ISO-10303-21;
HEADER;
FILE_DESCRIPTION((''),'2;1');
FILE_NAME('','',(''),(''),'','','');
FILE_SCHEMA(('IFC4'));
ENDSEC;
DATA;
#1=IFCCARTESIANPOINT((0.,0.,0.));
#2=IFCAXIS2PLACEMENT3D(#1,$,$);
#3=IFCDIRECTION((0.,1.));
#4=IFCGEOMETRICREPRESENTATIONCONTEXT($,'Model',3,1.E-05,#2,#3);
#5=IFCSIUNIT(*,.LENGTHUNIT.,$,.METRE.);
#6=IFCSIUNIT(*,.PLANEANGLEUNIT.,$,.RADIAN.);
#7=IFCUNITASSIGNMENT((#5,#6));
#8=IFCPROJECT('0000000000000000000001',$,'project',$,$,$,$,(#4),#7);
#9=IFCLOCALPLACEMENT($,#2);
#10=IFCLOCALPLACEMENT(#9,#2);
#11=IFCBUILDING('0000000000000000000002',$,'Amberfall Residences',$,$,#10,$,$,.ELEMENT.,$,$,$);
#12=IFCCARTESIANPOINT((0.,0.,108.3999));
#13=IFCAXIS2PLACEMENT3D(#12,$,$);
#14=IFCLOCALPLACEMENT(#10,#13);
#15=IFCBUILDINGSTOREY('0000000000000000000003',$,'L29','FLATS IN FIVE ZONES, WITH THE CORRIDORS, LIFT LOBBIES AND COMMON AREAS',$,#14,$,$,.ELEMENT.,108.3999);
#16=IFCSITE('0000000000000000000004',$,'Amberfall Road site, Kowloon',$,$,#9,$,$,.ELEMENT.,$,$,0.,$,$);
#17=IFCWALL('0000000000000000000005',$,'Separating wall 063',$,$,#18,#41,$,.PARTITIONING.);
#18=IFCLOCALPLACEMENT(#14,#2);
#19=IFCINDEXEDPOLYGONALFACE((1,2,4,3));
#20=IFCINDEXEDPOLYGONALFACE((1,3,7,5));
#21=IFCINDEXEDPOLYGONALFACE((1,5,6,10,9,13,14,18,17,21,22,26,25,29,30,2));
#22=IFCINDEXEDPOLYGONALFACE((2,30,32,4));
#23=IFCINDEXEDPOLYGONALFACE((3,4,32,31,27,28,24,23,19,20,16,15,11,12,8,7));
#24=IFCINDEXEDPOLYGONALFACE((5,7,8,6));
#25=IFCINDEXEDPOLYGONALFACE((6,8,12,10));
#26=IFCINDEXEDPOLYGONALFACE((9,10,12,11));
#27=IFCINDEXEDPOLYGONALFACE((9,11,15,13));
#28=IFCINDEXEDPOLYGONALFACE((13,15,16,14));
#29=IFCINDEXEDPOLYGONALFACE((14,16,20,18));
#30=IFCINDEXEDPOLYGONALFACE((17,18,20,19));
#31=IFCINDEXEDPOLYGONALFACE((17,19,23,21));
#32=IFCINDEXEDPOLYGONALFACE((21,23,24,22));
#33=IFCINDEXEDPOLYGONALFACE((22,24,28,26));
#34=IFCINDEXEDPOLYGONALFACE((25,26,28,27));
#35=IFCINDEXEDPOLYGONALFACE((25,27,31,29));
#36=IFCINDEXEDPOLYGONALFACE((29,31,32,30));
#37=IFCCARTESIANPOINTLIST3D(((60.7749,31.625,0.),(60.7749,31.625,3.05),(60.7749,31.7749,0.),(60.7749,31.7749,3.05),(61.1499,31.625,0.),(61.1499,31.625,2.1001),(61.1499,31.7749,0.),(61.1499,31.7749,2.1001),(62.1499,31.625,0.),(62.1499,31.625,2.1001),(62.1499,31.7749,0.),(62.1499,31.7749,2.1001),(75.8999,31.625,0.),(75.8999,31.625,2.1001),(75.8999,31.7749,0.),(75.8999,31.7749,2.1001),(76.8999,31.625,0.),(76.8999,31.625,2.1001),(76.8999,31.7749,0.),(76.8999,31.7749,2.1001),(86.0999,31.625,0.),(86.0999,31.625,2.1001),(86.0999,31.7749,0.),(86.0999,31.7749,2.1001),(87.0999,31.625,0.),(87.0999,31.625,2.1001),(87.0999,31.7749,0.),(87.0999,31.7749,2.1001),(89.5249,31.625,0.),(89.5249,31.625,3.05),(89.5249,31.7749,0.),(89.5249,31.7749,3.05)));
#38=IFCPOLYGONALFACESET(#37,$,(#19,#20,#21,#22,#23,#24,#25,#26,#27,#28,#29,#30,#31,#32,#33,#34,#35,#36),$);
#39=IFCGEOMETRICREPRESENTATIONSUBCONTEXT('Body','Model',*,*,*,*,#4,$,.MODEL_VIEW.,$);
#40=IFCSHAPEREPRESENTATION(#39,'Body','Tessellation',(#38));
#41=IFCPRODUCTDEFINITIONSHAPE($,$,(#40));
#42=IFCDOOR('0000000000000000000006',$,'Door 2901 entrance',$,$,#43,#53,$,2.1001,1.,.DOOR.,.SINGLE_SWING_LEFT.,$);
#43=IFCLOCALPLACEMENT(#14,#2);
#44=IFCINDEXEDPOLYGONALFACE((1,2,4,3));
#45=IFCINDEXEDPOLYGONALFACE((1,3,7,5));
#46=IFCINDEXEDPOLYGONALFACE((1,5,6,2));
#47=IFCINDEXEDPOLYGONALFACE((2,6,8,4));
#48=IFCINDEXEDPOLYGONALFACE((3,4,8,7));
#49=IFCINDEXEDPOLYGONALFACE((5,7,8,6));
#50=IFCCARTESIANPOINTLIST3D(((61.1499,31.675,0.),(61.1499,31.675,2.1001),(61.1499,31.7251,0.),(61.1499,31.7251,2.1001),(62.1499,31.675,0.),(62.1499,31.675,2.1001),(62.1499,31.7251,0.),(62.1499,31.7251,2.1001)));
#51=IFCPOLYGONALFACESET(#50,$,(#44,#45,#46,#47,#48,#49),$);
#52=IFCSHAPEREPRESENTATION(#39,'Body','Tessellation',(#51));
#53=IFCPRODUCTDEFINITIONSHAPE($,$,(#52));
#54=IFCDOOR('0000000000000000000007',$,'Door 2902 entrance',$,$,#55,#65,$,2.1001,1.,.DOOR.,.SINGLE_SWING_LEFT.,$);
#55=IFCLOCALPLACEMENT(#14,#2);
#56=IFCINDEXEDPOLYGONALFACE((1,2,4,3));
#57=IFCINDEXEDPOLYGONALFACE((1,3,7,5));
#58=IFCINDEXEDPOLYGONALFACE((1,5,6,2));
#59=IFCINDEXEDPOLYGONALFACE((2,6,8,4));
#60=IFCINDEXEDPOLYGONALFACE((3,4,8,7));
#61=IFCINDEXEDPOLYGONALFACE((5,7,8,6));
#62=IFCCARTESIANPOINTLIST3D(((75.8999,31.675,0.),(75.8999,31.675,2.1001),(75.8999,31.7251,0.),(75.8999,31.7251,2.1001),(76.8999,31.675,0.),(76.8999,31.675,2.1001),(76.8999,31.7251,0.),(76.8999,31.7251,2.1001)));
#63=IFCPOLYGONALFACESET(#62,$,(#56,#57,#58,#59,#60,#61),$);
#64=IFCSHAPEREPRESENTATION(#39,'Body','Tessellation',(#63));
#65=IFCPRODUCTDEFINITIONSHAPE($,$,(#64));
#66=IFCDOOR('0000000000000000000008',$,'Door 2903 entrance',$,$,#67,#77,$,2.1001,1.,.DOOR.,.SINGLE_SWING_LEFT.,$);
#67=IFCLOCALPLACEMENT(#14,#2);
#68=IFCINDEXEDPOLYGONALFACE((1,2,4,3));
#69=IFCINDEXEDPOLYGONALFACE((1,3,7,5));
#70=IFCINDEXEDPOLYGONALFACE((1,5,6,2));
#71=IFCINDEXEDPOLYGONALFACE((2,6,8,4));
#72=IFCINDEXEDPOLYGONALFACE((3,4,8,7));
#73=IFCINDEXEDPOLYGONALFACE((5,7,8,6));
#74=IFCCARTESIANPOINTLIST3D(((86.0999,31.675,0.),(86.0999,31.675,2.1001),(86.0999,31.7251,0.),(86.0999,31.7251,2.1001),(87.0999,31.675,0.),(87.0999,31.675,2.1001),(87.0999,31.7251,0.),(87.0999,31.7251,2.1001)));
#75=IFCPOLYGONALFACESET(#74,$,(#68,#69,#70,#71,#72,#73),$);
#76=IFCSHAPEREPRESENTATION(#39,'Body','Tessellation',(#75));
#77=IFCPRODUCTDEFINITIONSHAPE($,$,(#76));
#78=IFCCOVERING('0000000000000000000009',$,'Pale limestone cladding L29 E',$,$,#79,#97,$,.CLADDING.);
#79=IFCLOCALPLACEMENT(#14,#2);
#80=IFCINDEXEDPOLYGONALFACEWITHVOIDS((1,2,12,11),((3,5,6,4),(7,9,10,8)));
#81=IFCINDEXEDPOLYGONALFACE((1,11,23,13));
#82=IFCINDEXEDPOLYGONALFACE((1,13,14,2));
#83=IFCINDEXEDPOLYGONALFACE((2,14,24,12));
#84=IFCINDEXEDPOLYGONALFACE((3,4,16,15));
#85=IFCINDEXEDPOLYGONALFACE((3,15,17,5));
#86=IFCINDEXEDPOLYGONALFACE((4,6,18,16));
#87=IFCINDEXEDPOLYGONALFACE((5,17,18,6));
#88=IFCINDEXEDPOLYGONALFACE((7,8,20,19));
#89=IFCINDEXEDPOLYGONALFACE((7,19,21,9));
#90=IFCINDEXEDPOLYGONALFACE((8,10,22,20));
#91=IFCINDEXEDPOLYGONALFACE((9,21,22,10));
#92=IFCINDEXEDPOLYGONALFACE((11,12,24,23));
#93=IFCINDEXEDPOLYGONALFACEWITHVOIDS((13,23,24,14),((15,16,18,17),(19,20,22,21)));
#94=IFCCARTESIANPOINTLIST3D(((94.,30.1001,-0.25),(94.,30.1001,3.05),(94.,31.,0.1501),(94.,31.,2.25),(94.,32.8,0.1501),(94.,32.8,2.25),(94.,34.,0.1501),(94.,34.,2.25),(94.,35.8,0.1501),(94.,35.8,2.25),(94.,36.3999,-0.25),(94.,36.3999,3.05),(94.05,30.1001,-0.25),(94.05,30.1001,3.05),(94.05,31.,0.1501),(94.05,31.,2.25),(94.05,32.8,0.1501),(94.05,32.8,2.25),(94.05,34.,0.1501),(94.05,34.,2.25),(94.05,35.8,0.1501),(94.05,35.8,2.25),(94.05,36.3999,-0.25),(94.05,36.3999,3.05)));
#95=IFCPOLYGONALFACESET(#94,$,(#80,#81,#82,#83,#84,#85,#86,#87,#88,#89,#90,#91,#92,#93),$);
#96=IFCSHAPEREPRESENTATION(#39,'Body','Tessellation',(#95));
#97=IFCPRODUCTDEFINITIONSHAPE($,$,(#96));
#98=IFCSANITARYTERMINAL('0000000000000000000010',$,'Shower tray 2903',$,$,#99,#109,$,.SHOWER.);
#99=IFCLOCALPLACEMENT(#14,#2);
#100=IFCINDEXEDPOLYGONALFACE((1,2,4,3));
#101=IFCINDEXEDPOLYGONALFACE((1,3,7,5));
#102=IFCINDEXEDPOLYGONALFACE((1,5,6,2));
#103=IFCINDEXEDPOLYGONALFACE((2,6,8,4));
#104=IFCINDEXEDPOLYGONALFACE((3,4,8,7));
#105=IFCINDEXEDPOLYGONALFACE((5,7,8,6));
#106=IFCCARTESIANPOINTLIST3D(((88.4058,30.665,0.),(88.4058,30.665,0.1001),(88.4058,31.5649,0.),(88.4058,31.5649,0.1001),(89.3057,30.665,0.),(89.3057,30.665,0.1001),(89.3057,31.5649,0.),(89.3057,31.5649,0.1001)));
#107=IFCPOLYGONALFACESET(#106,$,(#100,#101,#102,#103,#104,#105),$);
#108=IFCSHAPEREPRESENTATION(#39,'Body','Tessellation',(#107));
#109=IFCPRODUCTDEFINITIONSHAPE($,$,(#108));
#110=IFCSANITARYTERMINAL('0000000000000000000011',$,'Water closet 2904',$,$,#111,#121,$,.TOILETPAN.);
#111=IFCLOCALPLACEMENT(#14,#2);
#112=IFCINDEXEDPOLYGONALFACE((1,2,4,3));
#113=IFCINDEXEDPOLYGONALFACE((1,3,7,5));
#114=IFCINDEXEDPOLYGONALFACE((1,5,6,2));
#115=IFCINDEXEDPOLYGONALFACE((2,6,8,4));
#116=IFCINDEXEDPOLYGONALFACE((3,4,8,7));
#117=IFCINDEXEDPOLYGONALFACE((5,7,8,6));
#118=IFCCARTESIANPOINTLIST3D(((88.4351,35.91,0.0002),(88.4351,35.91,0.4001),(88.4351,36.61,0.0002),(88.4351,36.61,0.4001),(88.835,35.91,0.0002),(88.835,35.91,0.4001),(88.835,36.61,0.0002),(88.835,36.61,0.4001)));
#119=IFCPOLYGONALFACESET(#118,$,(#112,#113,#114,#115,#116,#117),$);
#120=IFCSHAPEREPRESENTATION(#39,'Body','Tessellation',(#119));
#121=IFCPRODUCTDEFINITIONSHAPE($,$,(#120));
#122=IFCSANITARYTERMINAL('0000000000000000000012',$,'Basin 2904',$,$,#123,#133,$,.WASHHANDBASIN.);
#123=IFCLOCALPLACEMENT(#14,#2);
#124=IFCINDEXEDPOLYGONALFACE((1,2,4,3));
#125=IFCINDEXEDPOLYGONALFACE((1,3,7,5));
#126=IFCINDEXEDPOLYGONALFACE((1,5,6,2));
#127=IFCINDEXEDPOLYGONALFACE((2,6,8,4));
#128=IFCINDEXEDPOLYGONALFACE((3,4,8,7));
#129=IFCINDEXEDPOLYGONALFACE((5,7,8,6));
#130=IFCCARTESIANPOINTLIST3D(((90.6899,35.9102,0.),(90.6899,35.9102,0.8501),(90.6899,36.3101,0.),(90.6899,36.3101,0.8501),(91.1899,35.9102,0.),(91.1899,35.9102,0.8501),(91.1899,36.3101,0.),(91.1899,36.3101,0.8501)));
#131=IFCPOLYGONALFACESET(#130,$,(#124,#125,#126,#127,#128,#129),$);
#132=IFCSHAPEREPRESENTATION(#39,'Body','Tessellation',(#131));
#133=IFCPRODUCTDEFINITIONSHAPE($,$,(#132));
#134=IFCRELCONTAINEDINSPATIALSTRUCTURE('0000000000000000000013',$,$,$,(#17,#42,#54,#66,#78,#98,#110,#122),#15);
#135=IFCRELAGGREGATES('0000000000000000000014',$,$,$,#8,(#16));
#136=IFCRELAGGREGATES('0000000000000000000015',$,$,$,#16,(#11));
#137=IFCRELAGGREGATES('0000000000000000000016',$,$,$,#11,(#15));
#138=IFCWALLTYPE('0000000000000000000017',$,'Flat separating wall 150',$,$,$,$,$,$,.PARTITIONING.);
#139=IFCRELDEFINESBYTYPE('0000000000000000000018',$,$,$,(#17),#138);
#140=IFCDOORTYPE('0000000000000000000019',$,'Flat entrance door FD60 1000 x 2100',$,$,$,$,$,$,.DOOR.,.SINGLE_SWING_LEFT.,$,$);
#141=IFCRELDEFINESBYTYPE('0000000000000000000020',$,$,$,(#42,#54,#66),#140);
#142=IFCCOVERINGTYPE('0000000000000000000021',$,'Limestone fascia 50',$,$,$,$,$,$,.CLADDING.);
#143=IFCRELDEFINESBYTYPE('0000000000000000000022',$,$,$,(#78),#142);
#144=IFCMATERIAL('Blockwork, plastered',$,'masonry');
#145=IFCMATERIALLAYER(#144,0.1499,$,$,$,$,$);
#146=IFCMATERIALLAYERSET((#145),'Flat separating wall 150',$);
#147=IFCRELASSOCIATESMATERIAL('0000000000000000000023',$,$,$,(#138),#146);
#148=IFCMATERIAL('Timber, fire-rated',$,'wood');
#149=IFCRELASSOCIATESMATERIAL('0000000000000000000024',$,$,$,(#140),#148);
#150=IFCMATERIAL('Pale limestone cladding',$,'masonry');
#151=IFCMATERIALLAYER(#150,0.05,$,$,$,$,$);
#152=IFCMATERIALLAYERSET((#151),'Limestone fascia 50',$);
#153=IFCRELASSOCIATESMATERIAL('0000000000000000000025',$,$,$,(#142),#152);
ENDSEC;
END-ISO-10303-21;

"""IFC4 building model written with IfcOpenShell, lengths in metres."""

from ifc_helpers import new_model, si_unit, direction, frame, frame_2d, origin, origin_2d, place, context, subcontext, project, spatial, polyline, rectangle, outline, extrude, material, layer, layer_set, type_object, element, fill, save


model = new_model("IFC4")

# Units and contexts
model_context = context("Model", 3, precision=1e-05, world=origin(), true_north=direction((0.0, 1.0)))
body_context = subcontext(model_context, "Body", "Model", "MODEL_VIEW")
ifc_project = project(units=[si_unit("LENGTHUNIT", "METRE"), si_unit("PLANEANGLEUNIT", "RADIAN")], contexts=[model_context])

# Site, building, storey
site_placement = place(None, origin())
site = spatial("IfcSite", under=ifc_project, at=site_placement, Name="Amberfall Road site, Kowloon", CompositionType="ELEMENT", RefElevation=0.0)
building_placement = place(site_placement, origin())
building = spatial("IfcBuilding", under=site, at=building_placement, Name="Amberfall Residences", CompositionType="ELEMENT")
storey_placement = place(building_placement, frame((0.0, 0.0, 108.3999)))
storey = spatial("IfcBuildingStorey", under=building, at=storey_placement, Name="L29", Description="FLATS IN FIVE ZONES, WITH THE CORRIDORS, LIFT LOBBIES AND COMMON AREAS", CompositionType="ELEMENT", Elevation=108.3999)

# Shared definitions
ifc_material_1 = material(Name="Blockwork, plastered", Category="masonry")
ifc_layer_1 = layer(ifc_material_1, 0.1499)
ifc_layer_set_1 = layer_set([ifc_layer_1], Name="Flat separating wall 150")
wall_type_1 = type_object("IfcWallType", Name="Flat separating wall 150", PredefinedType="PARTITIONING", material=ifc_layer_set_1)

# Wall, openings, doors
wall_1_placement = place(storey_placement, frame((89.5249, 31.7, 0.0), z_axis=(0.0, 0.0, 1.0), x_axis=(-1.0, 0.0, 0.0)))
wall_1 = element("IfcWall", 1, at=wall_1_placement, inside=storey, type_object=wall_type_1, Name="Separating wall 063", PredefinedType="PARTITIONING", context=body_context, shape_type="SweptSolid", body=[
    extrude(rectangle(XDim=28.75, YDim=0.1499, at=frame_2d((14.375, 0.0))), origin(), (0.0, 0.0, 1.0), 3.05),
])
opening_1_placement = place(wall_1_placement, frame((27.375, 0.0, 0.0)))
opening_1 = element("IfcOpeningElement", 2, at=opening_1_placement, cuts=wall_1, PredefinedType="OPENING", context=body_context, shape_type="SweptSolid", body=[
    extrude(rectangle(XDim=1.0, YDim=2.1001, at=frame_2d((0.5, 1.05))), frame((0.0, 0.085, 0.0), z_axis=(0.0, -1.0, 0.0), x_axis=(1.0, 0.0, 0.0)), (0.0, 0.0, 1.0), 0.1699),
])
opening_2_placement = place(wall_1_placement, frame((12.625, 0.0, 0.0)))
opening_2 = element("IfcOpeningElement", 3, at=opening_2_placement, cuts=wall_1, PredefinedType="OPENING", context=body_context, shape_type="SweptSolid", body=[
    extrude(rectangle(XDim=1.0, YDim=2.1001, at=frame_2d((0.5, 1.05))), frame((0.0, 0.085, 0.0), z_axis=(0.0, -1.0, 0.0), x_axis=(1.0, 0.0, 0.0)), (0.0, 0.0, 1.0), 0.1699),
])
opening_3_placement = place(wall_1_placement, frame((2.425, 0.0, 0.0)))
opening_3 = element("IfcOpeningElement", 4, at=opening_3_placement, cuts=wall_1, PredefinedType="OPENING", context=body_context, shape_type="SweptSolid", body=[
    extrude(rectangle(XDim=1.0, YDim=2.1001, at=frame_2d((0.5, 1.05))), frame((0.0, 0.085, 0.0), z_axis=(0.0, -1.0, 0.0), x_axis=(1.0, 0.0, 0.0)), (0.0, 0.0, 1.0), 0.1699),
])
ifc_material_2 = material(Name="Timber, fire-rated", Category="wood")
door_type_1 = type_object("IfcDoorType", Name="Flat entrance door FD60 1000 x 2100", OperationType="SINGLE_SWING_LEFT", PredefinedType="DOOR", material=ifc_material_2)
door_1_placement = place(opening_1_placement, origin())
door_1 = element("IfcDoor", 5, at=door_1_placement, inside=storey, type_object=door_type_1, Name="Door 2901 entrance", OperationType="SINGLE_SWING_LEFT", OverallHeight=2.1001, OverallWidth=1.0, PredefinedType="DOOR", context=body_context, shape_type="SweptSolid", body=[
    extrude(rectangle(XDim=1.0, YDim=2.1001, at=frame_2d((0.5, 1.05))), frame((0.0, 0.0249, 0.0), z_axis=(0.0, -1.0, 0.0), x_axis=(1.0, 0.0, 0.0)), (0.0, 0.0, 1.0), 0.05),
])
fill(opening_1, door_1)
door_2_placement = place(opening_2_placement, origin())
door_2 = element("IfcDoor", 6, at=door_2_placement, inside=storey, type_object=door_type_1, Name="Door 2902 entrance", OperationType="SINGLE_SWING_LEFT", OverallHeight=2.1001, OverallWidth=1.0, PredefinedType="DOOR", context=body_context, shape_type="SweptSolid", body=[
    extrude(rectangle(XDim=1.0, YDim=2.1001, at=frame_2d((0.5, 1.05))), frame((0.0, 0.0249, 0.0), z_axis=(0.0, -1.0, 0.0), x_axis=(1.0, 0.0, 0.0)), (0.0, 0.0, 1.0), 0.05),
])
fill(opening_2, door_2)
door_3_placement = place(opening_3_placement, origin())
door_3 = element("IfcDoor", 7, at=door_3_placement, inside=storey, type_object=door_type_1, Name="Door 2903 entrance", OperationType="SINGLE_SWING_LEFT", OverallHeight=2.1001, OverallWidth=1.0, PredefinedType="DOOR", context=body_context, shape_type="SweptSolid", body=[
    extrude(rectangle(XDim=1.0, YDim=2.1001, at=frame_2d((0.5, 1.05))), frame((0.0, 0.0249, 0.0), z_axis=(0.0, -1.0, 0.0), x_axis=(1.0, 0.0, 0.0)), (0.0, 0.0, 1.0), 0.05),
])
fill(opening_3, door_3)

# Covering
ifc_material_3 = material(Name="Pale limestone cladding", Category="masonry")
ifc_layer_2 = layer(ifc_material_3, 0.05)
ifc_layer_set_2 = layer_set([ifc_layer_2], Name="Limestone fascia 50")
covering_type = type_object("IfcCoveringType", Name="Limestone fascia 50", PredefinedType="CLADDING", material=ifc_layer_set_2)
covering_placement = place(storey_placement, frame((94.0, 30.1001, 3.05), z_axis=(-1.0, 0.0, 0.0), x_axis=(0.0, 1.0, 0.0)))
element("IfcCovering", 8, at=covering_placement, inside=storey, type_object=covering_type, Name="Pale limestone cladding L29 E", PredefinedType="CLADDING", context=body_context, shape_type="SweptSolid", body=[
    extrude(outline(polyline([(0.0, 0.0), (6.2998, 0.0), (6.2998, 3.3), (0.0, 3.3), (0.0, 0.0)]), holes=[polyline([(0.8999, 0.8), (2.7, 0.8), (2.7, 2.8999), (0.8999, 2.8999), (0.8999, 0.8)]), polyline([(3.8999, 0.8), (5.7, 0.8), (5.7, 2.8999), (3.8999, 2.8999), (3.8999, 0.8)])]), origin(), (0.0, 0.0, -1.0), 0.05),
])

# Sanitary terminals
sanitary_terminal_1_placement = place(storey_placement, frame((88.8557, 31.115, 0.0), z_axis=(0.0, 0.0, 1.0), x_axis=(1.0, 0.0, 0.0)))
element("IfcSanitaryTerminal", 9, at=sanitary_terminal_1_placement, inside=storey, Name="Shower tray 2903", PredefinedType="SHOWER", context=body_context, shape_type="SweptSolid", body=[
    extrude(rectangle(XDim=0.8999, YDim=0.8999, at=origin_2d()), origin(), (0.0, 0.0, 1.0), 0.1001),
])
sanitary_terminal_2_placement = place(storey_placement, frame((88.635, 36.26, 0.0002), z_axis=(0.0, 0.0, 1.0), x_axis=(1.0, 0.0, 0.0)))
element("IfcSanitaryTerminal", 10, at=sanitary_terminal_2_placement, inside=storey, Name="Water closet 2904", PredefinedType="TOILETPAN", context=body_context, shape_type="SweptSolid", body=[
    extrude(rectangle(XDim=0.3999, YDim=0.7, at=origin_2d()), origin(), (0.0, 0.0, 1.0), 0.3999),
])
sanitary_terminal_3_placement = place(storey_placement, frame((90.9399, 36.1101, 0.0), z_axis=(0.0, 0.0, 1.0), x_axis=(1.0, 0.0, 0.0)))
element("IfcSanitaryTerminal", 11, at=sanitary_terminal_3_placement, inside=storey, Name="Basin 2904", PredefinedType="WASHHANDBASIN", context=body_context, shape_type="SweptSolid", body=[
    extrude(rectangle(XDim=0.5, YDim=0.3999, at=origin_2d()), origin(), (0.0, 0.0, 1.0), 0.8501),
])

save(model, "model.ifc")
